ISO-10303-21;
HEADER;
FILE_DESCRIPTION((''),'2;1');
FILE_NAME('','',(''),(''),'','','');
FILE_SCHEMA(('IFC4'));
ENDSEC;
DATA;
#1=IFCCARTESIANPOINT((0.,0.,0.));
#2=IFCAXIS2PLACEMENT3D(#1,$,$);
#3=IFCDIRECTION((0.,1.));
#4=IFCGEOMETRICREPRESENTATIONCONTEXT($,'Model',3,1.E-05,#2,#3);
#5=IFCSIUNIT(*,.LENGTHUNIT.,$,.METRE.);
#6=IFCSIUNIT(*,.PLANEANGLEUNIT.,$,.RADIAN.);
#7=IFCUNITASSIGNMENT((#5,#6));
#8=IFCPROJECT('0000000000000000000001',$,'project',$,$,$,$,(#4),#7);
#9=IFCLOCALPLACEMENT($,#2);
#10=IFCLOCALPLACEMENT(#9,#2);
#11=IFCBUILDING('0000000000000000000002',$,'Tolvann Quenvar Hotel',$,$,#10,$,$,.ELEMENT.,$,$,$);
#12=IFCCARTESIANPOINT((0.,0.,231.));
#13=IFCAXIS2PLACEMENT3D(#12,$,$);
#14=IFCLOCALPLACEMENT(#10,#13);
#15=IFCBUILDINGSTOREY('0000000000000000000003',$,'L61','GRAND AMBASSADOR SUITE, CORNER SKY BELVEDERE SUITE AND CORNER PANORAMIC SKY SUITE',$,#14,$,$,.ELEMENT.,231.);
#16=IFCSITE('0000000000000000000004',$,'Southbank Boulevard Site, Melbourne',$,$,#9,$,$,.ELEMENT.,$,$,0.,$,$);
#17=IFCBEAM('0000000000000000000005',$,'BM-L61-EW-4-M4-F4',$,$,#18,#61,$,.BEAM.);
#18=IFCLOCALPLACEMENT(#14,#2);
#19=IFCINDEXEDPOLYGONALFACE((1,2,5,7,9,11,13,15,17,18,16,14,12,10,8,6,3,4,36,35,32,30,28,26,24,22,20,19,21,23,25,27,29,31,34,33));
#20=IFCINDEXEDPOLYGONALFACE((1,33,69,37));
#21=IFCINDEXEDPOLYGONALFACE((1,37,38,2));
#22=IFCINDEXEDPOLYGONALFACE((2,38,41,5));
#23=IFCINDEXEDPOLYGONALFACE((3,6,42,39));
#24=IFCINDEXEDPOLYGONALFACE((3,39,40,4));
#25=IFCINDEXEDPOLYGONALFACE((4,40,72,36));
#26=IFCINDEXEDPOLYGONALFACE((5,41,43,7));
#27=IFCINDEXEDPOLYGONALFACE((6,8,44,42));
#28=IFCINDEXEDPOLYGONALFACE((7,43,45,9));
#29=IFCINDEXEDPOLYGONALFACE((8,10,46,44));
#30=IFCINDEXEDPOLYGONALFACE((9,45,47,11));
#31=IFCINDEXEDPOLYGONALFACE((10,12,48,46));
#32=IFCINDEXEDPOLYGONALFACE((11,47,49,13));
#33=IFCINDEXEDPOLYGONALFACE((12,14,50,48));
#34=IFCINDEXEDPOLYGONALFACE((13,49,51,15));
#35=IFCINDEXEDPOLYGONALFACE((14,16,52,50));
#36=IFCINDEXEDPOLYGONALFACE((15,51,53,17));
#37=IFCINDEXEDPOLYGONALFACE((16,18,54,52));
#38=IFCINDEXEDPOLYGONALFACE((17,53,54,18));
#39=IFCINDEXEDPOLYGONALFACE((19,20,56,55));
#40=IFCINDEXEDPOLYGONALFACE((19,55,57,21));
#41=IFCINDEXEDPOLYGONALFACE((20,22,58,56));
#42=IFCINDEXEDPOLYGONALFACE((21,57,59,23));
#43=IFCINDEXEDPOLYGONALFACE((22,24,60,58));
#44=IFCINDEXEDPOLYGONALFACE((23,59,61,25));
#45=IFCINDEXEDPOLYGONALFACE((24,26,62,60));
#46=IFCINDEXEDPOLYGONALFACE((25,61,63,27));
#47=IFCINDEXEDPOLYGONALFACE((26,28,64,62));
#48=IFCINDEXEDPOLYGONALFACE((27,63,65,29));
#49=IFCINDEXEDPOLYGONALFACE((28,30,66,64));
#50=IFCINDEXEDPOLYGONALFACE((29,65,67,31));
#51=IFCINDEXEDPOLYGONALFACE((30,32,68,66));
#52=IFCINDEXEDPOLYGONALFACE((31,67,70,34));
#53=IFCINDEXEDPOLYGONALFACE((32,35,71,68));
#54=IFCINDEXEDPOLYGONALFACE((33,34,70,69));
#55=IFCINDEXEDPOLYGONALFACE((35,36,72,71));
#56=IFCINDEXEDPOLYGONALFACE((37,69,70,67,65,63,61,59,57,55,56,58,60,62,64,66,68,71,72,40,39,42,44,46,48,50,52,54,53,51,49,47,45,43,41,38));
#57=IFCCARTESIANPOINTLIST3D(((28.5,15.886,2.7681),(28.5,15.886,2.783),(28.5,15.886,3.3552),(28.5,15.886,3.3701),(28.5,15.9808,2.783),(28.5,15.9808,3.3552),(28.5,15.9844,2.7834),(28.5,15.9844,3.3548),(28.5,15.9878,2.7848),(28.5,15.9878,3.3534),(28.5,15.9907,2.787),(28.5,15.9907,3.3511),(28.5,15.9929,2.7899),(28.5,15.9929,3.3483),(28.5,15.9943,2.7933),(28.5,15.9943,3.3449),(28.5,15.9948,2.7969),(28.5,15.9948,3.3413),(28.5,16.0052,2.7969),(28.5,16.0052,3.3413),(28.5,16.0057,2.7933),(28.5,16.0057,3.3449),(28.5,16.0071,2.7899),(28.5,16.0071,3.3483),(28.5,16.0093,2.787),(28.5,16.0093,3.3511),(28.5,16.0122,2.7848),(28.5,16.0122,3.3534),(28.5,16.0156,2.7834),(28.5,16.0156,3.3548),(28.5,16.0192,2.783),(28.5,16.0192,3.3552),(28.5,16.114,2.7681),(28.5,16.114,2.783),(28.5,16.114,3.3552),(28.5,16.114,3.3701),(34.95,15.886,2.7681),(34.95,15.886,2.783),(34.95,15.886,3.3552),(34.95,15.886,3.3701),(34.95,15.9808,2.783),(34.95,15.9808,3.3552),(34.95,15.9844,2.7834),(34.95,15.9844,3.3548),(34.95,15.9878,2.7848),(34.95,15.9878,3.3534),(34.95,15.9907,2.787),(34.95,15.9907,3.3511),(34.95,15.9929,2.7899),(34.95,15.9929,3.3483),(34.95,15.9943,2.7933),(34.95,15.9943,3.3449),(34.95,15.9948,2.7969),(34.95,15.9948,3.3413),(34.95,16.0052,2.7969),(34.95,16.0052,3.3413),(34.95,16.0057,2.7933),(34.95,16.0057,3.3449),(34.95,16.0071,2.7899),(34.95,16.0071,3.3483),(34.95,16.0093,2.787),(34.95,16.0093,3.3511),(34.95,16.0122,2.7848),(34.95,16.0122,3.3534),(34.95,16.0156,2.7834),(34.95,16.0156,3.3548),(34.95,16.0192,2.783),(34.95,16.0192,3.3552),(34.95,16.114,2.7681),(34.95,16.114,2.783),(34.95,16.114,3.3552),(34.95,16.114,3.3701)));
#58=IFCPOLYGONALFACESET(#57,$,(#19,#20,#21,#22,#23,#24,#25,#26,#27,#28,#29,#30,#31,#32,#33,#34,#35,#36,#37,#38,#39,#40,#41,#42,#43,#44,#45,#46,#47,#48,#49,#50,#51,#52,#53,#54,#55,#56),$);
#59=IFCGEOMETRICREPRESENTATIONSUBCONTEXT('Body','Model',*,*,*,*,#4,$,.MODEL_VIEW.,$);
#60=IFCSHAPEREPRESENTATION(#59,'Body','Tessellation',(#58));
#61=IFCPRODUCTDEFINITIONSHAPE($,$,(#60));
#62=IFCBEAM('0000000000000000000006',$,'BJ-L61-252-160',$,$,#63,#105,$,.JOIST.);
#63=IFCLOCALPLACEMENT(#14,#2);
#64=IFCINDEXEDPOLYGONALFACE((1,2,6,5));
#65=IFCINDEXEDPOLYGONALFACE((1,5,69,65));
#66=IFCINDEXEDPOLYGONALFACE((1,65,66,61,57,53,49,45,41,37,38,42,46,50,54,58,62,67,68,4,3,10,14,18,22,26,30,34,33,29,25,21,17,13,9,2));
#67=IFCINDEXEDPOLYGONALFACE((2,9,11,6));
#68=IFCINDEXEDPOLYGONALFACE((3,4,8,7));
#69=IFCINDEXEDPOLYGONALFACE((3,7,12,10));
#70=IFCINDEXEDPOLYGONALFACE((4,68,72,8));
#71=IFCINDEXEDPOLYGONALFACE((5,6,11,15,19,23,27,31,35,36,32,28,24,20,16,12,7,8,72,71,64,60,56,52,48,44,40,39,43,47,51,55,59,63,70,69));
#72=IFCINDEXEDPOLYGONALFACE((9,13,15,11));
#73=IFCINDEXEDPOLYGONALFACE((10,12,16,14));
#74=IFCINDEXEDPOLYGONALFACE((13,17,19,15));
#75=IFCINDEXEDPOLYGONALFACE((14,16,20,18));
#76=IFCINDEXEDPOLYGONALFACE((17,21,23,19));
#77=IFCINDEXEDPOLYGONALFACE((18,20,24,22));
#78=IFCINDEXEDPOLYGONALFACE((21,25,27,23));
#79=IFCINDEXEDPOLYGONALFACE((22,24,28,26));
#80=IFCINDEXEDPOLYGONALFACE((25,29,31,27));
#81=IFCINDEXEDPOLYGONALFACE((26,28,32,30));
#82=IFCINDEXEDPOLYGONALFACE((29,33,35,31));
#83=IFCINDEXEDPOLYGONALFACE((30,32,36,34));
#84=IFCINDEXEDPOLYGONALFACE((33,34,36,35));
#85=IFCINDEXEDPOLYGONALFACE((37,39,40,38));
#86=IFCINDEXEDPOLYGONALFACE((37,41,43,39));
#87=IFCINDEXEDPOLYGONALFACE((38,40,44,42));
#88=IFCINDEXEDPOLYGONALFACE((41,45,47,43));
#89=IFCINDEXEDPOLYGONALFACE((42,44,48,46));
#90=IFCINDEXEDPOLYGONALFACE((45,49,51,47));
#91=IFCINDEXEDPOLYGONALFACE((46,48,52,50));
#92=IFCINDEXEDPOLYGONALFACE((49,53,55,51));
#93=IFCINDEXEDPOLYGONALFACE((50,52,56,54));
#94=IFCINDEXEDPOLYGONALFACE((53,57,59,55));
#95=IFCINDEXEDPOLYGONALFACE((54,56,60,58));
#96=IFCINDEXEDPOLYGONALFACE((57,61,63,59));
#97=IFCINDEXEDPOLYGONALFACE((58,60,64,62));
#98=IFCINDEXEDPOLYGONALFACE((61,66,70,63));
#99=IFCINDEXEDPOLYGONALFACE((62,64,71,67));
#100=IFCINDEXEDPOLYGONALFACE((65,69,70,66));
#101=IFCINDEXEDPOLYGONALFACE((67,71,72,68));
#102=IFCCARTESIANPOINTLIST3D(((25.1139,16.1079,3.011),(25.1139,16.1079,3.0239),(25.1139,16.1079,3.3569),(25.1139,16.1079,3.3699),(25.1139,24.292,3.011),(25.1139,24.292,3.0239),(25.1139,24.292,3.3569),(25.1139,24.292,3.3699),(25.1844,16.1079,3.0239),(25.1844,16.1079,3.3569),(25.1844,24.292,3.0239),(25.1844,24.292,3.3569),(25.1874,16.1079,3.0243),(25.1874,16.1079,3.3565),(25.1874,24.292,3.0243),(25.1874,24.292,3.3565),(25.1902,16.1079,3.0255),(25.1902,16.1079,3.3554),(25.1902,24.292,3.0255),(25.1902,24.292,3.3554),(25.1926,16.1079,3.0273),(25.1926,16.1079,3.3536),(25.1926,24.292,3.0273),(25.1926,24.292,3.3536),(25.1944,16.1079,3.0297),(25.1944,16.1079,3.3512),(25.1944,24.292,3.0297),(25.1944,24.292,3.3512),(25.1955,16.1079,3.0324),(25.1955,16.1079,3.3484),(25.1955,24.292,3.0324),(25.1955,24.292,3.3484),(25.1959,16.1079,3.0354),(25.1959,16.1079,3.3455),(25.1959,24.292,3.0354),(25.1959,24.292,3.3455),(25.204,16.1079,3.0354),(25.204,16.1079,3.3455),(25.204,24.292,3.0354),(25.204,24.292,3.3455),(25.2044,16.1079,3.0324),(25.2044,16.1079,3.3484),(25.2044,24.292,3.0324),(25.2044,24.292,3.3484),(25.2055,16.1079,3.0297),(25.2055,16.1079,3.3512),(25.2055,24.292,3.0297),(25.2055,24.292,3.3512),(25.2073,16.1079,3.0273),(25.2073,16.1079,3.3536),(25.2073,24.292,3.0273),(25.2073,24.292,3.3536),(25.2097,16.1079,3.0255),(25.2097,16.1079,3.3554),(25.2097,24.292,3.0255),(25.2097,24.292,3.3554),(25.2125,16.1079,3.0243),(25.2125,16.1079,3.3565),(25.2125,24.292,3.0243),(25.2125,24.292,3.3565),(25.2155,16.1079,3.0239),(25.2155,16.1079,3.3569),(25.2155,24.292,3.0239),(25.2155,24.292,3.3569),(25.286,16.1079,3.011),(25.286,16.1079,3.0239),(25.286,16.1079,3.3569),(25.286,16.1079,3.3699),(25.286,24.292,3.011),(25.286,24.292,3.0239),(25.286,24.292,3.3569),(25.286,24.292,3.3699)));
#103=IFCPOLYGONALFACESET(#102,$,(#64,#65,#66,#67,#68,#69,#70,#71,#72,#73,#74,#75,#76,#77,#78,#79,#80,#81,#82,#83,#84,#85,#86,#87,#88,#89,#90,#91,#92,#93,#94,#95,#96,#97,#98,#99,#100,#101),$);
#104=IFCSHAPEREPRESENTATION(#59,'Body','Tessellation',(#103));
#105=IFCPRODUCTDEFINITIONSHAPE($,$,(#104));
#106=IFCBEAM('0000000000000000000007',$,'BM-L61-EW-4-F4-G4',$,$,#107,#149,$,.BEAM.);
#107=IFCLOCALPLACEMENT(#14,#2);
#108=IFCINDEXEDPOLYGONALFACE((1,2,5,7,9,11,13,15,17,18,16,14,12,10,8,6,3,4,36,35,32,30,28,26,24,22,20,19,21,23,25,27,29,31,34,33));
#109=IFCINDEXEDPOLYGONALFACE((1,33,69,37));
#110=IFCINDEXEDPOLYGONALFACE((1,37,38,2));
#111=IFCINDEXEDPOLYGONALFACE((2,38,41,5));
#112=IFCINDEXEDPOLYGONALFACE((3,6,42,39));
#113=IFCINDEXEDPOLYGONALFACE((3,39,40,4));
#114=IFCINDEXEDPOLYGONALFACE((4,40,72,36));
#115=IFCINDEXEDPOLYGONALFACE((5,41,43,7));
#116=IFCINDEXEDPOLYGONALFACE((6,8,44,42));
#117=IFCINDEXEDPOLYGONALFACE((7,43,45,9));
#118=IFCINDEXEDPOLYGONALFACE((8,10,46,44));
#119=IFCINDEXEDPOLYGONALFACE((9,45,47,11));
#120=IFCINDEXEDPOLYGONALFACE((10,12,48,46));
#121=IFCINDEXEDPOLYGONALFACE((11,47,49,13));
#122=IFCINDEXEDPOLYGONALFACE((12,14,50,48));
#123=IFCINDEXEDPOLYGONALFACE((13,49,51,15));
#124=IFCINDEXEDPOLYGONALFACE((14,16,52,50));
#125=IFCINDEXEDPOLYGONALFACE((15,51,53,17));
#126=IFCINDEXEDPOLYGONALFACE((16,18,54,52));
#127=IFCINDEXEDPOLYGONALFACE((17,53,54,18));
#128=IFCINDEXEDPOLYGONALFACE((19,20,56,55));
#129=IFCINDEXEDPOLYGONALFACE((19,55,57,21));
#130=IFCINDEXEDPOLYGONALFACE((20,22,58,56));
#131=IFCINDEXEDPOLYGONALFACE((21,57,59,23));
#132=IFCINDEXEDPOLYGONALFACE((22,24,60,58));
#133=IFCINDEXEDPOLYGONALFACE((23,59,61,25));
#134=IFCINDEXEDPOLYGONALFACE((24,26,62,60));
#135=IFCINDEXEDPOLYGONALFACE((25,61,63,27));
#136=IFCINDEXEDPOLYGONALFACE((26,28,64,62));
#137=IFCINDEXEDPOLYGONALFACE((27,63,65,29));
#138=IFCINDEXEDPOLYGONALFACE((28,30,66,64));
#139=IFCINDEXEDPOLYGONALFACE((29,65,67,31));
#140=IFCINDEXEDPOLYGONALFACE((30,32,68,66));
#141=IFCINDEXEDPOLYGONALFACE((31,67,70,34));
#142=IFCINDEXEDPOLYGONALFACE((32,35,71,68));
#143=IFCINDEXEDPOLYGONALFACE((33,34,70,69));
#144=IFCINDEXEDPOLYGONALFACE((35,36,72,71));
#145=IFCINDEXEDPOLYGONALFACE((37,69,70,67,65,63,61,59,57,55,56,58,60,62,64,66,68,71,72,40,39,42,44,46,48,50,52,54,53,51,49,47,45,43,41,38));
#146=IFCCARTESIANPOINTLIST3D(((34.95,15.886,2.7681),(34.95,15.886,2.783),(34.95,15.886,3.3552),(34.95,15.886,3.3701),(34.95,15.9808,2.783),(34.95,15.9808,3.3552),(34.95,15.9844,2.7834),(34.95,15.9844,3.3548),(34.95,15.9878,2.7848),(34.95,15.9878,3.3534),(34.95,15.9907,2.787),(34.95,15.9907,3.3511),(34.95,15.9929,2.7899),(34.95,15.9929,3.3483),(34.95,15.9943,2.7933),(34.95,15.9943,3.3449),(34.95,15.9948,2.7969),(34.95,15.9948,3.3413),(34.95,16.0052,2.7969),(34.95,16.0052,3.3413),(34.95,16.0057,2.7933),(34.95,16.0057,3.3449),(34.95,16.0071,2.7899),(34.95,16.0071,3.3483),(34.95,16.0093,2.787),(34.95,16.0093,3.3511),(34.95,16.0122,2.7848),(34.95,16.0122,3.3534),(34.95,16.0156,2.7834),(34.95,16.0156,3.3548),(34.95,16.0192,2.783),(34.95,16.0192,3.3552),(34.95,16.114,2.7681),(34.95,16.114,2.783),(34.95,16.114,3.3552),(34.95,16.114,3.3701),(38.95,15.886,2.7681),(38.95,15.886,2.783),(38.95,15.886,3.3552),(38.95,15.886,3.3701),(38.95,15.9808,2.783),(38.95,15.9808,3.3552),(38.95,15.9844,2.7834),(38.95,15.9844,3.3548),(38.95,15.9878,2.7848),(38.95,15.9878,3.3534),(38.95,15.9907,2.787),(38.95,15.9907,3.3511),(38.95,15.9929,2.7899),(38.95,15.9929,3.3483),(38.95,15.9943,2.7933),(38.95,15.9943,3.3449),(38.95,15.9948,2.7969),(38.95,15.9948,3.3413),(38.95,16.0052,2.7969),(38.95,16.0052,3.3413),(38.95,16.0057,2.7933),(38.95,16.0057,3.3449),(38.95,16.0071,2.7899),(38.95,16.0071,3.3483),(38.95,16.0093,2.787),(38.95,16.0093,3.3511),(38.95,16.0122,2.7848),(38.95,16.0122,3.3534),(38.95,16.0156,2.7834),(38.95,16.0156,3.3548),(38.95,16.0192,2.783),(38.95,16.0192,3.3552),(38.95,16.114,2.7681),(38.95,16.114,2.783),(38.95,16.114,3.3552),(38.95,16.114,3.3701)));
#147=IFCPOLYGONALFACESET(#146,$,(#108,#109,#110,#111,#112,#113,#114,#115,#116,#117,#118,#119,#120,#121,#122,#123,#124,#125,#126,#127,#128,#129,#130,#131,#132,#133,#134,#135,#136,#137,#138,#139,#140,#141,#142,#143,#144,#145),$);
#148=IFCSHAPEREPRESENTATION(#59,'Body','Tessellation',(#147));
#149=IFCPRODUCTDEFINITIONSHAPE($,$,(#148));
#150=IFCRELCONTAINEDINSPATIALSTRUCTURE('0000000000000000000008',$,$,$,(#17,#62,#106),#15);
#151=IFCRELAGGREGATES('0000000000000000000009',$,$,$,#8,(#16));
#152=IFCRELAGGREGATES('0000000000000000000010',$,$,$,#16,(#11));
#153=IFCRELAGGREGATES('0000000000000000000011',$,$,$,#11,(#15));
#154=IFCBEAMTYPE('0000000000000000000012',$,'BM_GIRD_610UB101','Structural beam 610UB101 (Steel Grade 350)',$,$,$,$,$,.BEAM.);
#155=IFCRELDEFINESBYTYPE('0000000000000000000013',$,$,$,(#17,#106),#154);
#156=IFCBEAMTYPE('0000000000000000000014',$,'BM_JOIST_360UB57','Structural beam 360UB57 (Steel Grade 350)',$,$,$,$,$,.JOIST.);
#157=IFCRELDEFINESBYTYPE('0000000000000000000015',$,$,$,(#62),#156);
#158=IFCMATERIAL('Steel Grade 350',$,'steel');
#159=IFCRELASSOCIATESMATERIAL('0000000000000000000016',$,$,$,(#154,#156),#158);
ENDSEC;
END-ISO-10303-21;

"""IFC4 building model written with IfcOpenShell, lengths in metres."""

from ifc_helpers import new_model, si_unit, direction, frame, origin, origin_2d, place, context, subcontext, project, spatial, i_section, extrude, source, transform, mapped, material, material_profile, profile_set, type_object, type_shapes, element, save


model = new_model("IFC4")

# Units and contexts
model_context = context("Model", 3, precision=1e-05, world=origin(), true_north=direction((0.0, 1.0)))
body_context = subcontext(model_context, "Body", "Model", "MODEL_VIEW")
ifc_project = project(units=[si_unit("LENGTHUNIT", "METRE"), si_unit("PLANEANGLEUNIT", "RADIAN")], contexts=[model_context])

# Site, building, storey
site_placement = place(None, origin())
site = spatial("IfcSite", under=ifc_project, at=site_placement, Name="Southbank Boulevard Site, Melbourne", CompositionType="ELEMENT", RefElevation=0.0)
building_placement = place(site_placement, origin())
building = spatial("IfcBuilding", under=site, at=building_placement, Name="Tolvann Quenvar Hotel", CompositionType="ELEMENT")
storey_placement = place(building_placement, frame((0.0, 0.0, 231.0)))
storey = spatial("IfcBuildingStorey", under=building, at=storey_placement, Name="L61", Description="GRAND AMBASSADOR SUITE, CORNER SKY BELVEDERE SUITE AND CORNER PANORAMIC SKY SUITE", CompositionType="ELEMENT", Elevation=231.0)

# Shared definitions
ifc_material_1 = material(Name="Steel Grade 350", Category="steel")

# Beams
ifc_material_profile_1 = material_profile(ifc_material_1, i_section(OverallWidth=0.228, OverallDepth=0.6021, WebThickness=0.0105, FlangeThickness=0.0149, FilletRadius=0.0139, at=origin_2d()), Name="610UB101")
ifc_profile_set_1 = profile_set([ifc_material_profile_1], Name="Steel Grade 350")
beam_type_1 = type_object("IfcBeamType", Name="BM_GIRD_610UB101", Description="Structural beam 610UB101 (Steel Grade 350)", PredefinedType="BEAM", material=ifc_profile_set_1)
shared_shape_1 = source(origin(), body_context, "Body", "SweptSolid", [
    extrude(i_section(OverallWidth=0.228, OverallDepth=0.6021, WebThickness=0.0105, FlangeThickness=0.0149, FilletRadius=0.0139, at=origin_2d()), origin(), (0.0, 0.0, 1.0), 6.45),
])
beam_1_placement = place(storey_placement, frame((28.5, 16.0, 3.0691), z_axis=(1.0, 0.0, 0.0), x_axis=(0.0, 1.0, 0.0)))
element("IfcBeam", 1, at=beam_1_placement, inside=storey, type_object=beam_type_1, Name="BM-L61-EW-4-M4-F4", PredefinedType="BEAM", context=body_context, shape_type="MappedRepresentation", body=[
    mapped(shared_shape_1, transform((0.0, 0.0, 0.0), x_axis=(1.0, 0.0, 0.0), y_axis=(0.0, 1.0, 0.0), z_axis=(0.0, 0.0, 1.0), scale=1.0)),
])
ifc_material_profile_2 = material_profile(ifc_material_1, i_section(OverallWidth=0.1721, OverallDepth=0.3589, WebThickness=0.0081, FlangeThickness=0.0129, FilletRadius=0.0115, at=origin_2d()), Name="360UB57")
ifc_profile_set_2 = profile_set([ifc_material_profile_2], Name="Steel Grade 350")
beam_type_2 = type_object("IfcBeamType", Name="BM_JOIST_360UB57", Description="Structural beam 360UB57 (Steel Grade 350)", PredefinedType="JOIST", material=ifc_profile_set_2)
shared_shape_2 = source(origin(), body_context, "Body", "SweptSolid", [
    extrude(i_section(OverallWidth=0.1721, OverallDepth=0.3589, WebThickness=0.0081, FlangeThickness=0.0129, FilletRadius=0.0115, at=origin_2d()), origin(), (0.0, 0.0, 1.0), 8.1841),
])
type_shapes(beam_type_2, [shared_shape_2])
beam_2_placement = place(storey_placement, frame((25.2, 16.1079, 3.1904), z_axis=(0.0, 1.0, 0.0), x_axis=(-1.0, 0.0, 0.0)))
element("IfcBeam", 2, at=beam_2_placement, inside=storey, type_object=beam_type_2, Name="BJ-L61-252-160", PredefinedType="JOIST", context=body_context, shape_type="MappedRepresentation", body=[
    mapped(shared_shape_2, transform((0.0, 0.0, 0.0), x_axis=(1.0, 0.0, 0.0), y_axis=(0.0, 1.0, 0.0), z_axis=(0.0, 0.0, 1.0), scale=1.0)),
])
shared_shape_3 = source(origin(), body_context, "Body", "SweptSolid", [
    extrude(i_section(OverallWidth=0.228, OverallDepth=0.6021, WebThickness=0.0105, FlangeThickness=0.0149, FilletRadius=0.0139, at=origin_2d()), origin(), (0.0, 0.0, 1.0), 4.0),
])
type_shapes(beam_type_1, [shared_shape_1, shared_shape_3])
beam_3_placement = place(storey_placement, frame((34.95, 16.0, 3.0691), z_axis=(1.0, 0.0, 0.0), x_axis=(0.0, 1.0, 0.0)))
element("IfcBeam", 3, at=beam_3_placement, inside=storey, type_object=beam_type_1, Name="BM-L61-EW-4-F4-G4", PredefinedType="BEAM", context=body_context, shape_type="MappedRepresentation", body=[
    mapped(shared_shape_3, transform((0.0, 0.0, 0.0), x_axis=(1.0, 0.0, 0.0), y_axis=(0.0, 1.0, 0.0), z_axis=(0.0, 0.0, 1.0), scale=1.0)),
])

save(model, "model.ifc")
